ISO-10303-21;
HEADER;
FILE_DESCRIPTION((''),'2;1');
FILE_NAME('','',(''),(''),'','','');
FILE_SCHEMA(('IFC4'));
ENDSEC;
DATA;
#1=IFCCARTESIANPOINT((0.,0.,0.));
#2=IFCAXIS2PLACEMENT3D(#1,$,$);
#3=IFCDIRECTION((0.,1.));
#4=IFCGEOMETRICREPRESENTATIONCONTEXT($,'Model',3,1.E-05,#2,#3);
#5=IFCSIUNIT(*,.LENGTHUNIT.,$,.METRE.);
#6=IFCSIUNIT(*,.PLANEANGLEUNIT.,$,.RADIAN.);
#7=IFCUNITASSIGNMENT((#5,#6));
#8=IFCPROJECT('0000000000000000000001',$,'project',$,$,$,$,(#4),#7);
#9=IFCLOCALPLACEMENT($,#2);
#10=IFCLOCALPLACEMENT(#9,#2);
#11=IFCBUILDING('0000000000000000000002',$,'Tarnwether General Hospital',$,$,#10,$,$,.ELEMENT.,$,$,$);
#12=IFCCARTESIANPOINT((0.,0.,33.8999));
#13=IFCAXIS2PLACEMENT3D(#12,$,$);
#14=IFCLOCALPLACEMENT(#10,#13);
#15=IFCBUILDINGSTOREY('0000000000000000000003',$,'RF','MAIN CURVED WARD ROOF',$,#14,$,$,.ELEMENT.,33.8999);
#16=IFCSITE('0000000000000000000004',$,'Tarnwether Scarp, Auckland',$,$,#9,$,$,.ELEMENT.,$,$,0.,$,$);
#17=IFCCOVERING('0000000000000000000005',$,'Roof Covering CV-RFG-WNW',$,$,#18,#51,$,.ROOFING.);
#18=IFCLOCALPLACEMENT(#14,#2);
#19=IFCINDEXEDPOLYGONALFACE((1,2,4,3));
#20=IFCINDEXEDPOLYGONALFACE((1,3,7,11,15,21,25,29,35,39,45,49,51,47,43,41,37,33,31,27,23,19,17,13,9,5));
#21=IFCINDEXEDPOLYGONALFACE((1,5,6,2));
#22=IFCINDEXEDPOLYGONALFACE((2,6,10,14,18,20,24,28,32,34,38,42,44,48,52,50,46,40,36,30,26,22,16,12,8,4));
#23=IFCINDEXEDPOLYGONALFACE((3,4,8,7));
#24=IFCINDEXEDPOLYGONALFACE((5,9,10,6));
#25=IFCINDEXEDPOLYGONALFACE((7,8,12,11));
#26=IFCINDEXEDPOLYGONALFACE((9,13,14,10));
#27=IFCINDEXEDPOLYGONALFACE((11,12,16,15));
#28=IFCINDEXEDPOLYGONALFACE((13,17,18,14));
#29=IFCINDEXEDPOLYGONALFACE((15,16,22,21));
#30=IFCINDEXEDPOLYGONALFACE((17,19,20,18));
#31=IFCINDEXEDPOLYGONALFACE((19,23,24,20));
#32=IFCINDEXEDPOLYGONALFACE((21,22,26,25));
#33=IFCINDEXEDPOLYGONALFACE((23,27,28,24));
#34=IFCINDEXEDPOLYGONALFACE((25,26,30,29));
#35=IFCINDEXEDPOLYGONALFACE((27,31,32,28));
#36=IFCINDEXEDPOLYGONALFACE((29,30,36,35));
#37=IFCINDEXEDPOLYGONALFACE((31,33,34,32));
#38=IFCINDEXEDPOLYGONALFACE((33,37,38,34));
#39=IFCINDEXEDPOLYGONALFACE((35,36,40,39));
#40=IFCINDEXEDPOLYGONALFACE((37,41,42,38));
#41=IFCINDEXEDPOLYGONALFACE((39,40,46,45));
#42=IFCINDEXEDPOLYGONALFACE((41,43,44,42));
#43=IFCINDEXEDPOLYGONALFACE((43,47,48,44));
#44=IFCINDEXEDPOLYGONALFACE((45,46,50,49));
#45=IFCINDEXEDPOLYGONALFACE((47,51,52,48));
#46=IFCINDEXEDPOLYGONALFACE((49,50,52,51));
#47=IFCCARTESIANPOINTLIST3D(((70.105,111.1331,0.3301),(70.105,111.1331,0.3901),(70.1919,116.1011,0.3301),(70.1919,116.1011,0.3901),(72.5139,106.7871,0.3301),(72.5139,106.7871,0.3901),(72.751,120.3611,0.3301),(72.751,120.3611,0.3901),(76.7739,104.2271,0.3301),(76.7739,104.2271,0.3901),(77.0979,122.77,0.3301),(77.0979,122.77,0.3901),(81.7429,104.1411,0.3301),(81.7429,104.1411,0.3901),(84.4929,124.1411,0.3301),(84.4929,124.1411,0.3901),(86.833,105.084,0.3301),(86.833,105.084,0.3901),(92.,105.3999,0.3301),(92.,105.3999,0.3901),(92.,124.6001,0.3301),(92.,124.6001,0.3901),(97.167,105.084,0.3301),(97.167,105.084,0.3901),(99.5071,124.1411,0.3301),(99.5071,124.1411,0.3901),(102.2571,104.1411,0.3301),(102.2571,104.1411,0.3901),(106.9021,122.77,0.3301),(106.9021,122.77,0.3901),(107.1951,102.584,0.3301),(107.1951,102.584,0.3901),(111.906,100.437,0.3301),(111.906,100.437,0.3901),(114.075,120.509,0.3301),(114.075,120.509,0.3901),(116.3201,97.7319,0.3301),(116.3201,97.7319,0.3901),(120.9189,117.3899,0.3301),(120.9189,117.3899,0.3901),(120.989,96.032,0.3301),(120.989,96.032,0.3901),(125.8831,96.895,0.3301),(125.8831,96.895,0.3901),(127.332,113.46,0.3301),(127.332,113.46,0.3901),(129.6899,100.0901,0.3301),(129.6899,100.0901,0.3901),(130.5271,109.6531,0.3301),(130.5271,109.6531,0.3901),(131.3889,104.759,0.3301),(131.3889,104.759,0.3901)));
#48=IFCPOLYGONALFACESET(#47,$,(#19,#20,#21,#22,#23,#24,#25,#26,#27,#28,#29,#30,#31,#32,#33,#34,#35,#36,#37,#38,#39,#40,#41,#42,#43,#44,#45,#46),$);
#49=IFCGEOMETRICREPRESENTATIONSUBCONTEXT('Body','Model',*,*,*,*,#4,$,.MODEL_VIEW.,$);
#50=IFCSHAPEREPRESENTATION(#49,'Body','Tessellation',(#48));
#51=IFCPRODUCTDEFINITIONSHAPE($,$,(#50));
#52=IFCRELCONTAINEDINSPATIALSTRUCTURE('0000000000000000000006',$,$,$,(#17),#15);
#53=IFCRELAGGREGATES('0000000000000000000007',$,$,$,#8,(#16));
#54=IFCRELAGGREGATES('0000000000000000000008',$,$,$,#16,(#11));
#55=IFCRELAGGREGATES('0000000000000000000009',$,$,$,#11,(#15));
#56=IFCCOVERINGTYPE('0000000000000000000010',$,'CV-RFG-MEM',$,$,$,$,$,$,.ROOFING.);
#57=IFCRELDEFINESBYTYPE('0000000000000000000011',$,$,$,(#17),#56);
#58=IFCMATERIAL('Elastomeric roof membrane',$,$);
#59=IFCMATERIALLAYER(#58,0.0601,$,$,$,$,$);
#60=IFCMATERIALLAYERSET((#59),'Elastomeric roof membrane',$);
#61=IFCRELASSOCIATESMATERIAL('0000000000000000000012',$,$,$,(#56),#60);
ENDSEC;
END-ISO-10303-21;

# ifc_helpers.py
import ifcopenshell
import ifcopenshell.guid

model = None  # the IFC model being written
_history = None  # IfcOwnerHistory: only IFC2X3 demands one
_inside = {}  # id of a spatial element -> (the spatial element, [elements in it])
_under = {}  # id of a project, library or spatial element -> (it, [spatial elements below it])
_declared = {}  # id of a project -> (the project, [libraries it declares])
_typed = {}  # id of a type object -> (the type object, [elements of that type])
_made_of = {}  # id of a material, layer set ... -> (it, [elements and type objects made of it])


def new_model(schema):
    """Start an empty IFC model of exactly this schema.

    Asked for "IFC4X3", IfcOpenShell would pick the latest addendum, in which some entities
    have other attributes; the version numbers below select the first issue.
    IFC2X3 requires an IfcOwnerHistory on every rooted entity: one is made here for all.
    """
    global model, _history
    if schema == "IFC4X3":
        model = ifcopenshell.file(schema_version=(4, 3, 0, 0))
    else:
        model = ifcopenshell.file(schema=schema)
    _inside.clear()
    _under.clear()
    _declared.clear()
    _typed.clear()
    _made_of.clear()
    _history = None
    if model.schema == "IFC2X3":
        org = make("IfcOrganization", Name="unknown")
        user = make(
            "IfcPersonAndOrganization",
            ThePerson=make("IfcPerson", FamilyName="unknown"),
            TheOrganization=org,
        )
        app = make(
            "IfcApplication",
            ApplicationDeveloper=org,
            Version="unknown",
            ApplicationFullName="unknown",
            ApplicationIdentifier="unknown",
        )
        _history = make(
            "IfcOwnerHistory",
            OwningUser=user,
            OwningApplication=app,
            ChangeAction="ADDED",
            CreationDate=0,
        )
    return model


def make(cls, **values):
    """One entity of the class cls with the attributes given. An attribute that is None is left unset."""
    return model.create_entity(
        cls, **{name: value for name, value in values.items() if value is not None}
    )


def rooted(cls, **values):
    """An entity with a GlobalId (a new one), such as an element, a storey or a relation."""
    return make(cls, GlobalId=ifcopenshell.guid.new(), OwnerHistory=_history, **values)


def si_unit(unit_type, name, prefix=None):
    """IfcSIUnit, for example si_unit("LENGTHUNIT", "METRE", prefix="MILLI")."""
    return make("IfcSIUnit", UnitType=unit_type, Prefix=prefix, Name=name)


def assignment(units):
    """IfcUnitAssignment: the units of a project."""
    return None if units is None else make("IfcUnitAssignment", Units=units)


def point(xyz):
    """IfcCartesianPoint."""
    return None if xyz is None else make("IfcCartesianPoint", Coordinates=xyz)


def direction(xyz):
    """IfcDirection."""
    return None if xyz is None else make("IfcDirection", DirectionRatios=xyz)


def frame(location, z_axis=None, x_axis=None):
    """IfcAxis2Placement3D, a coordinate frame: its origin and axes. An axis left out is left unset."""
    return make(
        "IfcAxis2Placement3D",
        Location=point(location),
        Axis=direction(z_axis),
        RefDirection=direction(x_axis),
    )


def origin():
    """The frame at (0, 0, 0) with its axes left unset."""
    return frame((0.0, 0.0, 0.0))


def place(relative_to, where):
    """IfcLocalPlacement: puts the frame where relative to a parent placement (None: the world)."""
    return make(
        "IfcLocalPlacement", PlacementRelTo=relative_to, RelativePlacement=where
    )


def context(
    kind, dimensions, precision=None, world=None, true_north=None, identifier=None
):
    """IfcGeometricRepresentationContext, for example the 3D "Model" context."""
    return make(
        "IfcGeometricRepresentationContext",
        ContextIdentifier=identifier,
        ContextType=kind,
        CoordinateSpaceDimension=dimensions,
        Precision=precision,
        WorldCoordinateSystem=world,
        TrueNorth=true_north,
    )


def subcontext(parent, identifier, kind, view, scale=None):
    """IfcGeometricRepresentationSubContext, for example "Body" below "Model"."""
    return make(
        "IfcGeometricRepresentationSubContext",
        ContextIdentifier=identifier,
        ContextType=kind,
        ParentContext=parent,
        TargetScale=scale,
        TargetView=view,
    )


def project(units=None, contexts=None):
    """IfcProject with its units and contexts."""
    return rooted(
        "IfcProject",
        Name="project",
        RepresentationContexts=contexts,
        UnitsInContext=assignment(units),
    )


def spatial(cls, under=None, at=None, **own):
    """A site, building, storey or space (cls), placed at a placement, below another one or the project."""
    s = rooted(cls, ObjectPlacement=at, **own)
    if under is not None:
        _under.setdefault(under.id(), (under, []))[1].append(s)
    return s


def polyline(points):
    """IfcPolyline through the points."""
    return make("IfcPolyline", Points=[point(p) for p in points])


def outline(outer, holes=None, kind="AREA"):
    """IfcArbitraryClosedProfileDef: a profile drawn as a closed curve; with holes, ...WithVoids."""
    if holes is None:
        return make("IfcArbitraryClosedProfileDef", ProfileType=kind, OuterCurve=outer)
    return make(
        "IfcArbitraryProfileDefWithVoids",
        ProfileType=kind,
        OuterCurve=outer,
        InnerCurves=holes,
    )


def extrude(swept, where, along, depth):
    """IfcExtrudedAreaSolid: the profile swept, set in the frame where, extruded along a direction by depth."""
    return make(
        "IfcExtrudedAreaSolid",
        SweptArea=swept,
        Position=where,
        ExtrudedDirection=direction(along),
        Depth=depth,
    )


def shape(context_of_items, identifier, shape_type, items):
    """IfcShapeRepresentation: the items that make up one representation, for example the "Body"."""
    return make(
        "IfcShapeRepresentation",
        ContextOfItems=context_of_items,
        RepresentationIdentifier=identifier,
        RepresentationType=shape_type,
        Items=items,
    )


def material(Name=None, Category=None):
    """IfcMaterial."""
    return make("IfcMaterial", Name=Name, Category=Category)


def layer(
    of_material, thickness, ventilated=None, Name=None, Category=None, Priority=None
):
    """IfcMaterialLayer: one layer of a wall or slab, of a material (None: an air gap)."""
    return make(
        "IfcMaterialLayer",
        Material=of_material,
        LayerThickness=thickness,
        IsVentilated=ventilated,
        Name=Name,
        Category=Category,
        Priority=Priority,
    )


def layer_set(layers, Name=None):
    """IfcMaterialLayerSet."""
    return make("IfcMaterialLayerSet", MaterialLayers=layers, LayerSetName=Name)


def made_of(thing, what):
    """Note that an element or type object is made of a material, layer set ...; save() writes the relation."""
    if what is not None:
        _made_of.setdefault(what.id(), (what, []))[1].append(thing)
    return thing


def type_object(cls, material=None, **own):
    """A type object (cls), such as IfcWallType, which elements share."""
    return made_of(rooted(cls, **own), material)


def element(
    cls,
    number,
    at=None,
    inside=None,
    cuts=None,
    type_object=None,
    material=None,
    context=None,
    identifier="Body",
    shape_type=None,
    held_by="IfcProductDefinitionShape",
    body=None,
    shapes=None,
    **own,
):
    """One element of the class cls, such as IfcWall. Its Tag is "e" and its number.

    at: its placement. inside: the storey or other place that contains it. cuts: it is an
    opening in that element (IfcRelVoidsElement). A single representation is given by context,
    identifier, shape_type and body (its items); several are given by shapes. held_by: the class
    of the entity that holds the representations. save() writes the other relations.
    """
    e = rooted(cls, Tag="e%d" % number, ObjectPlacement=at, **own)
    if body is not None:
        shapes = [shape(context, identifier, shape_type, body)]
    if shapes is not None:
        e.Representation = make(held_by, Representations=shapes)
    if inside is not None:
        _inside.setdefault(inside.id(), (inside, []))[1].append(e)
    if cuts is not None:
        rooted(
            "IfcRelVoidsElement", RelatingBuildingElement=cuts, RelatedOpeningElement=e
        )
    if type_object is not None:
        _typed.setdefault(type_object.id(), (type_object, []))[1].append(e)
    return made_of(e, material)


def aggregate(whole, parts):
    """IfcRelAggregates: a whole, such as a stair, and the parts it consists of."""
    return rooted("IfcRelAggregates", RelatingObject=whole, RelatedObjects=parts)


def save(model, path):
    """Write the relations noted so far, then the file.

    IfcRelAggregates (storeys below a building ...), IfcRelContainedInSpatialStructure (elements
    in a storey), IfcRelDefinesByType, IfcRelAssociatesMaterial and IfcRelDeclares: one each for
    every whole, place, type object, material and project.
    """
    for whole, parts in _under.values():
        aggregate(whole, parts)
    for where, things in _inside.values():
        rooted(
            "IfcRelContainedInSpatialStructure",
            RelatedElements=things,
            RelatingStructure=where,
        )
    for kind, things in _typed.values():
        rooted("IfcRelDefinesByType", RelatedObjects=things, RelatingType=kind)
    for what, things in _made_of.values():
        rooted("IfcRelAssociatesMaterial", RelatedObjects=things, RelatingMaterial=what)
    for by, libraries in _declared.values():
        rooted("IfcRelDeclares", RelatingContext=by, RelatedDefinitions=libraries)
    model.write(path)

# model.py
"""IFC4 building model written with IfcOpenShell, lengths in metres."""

from ifc_helpers import new_model, si_unit, direction, frame, origin, place, context, subcontext, project, spatial, polyline, outline, extrude, material, layer, layer_set, type_object, element, save


model = new_model("IFC4")

# Units and contexts
model_context = context("Model", 3, precision=1e-05, world=origin(), true_north=direction((0.0, 1.0)))
body_context = subcontext(model_context, "Body", "Model", "MODEL_VIEW")
ifc_project = project(units=[si_unit("LENGTHUNIT", "METRE"), si_unit("PLANEANGLEUNIT", "RADIAN")], contexts=[model_context])

# Site, building, storey
site_placement = place(None, origin())
site = spatial("IfcSite", under=ifc_project, at=site_placement, Name="Tarnwether Scarp, Auckland", CompositionType="ELEMENT", RefElevation=0.0)
building_placement = place(site_placement, origin())
building = spatial("IfcBuilding", under=site, at=building_placement, Name="Tarnwether General Hospital", CompositionType="ELEMENT")
storey_placement = place(building_placement, frame((0.0, 0.0, 33.8999)))
storey = spatial("IfcBuildingStorey", under=building, at=storey_placement, Name="RF", Description="MAIN CURVED WARD ROOF", CompositionType="ELEMENT", Elevation=33.8999)

# Covering
ifc_material_1 = material(Name="Elastomeric roof membrane")
ifc_layer_1 = layer(ifc_material_1, 0.0601)
ifc_layer_set_1 = layer_set([ifc_layer_1], Name="Elastomeric roof membrane")
covering_type = type_object("IfcCoveringType", Name="CV-RFG-MEM", PredefinedType="ROOFING", material=ifc_layer_set_1)
covering_placement = place(storey_placement, frame((0.0, 0.0, 0.3301)))
element("IfcCovering", 1, at=covering_placement, inside=storey, type_object=covering_type, Name="Roof Covering CV-RFG-WNW", PredefinedType="ROOFING", context=body_context, shape_type="SweptSolid", body=[
    extrude(outline(polyline([(72.751, 120.3611), (70.1919, 116.1011), (70.105, 111.1331), (72.5139, 106.7871), (76.7739, 104.2271), (81.7429, 104.1411), (86.833, 105.084), (92.0, 105.3999), (97.167, 105.084), (102.2571, 104.1411), (107.1951, 102.584), (111.906, 100.437), (116.3201, 97.7319), (120.989, 96.032), (125.8831, 96.895), (129.6899, 100.0901), (131.3889, 104.759), (130.5271, 109.6531), (127.332, 113.46), (120.9189, 117.3899), (114.075, 120.509), (106.9021, 122.77), (99.5071, 124.1411), (92.0, 124.6001), (84.4929, 124.1411), (77.0979, 122.77), (72.751, 120.3611)])), origin(), (0.0, 0.0, 1.0), 0.0601),
])

save(model, "model.ifc")
